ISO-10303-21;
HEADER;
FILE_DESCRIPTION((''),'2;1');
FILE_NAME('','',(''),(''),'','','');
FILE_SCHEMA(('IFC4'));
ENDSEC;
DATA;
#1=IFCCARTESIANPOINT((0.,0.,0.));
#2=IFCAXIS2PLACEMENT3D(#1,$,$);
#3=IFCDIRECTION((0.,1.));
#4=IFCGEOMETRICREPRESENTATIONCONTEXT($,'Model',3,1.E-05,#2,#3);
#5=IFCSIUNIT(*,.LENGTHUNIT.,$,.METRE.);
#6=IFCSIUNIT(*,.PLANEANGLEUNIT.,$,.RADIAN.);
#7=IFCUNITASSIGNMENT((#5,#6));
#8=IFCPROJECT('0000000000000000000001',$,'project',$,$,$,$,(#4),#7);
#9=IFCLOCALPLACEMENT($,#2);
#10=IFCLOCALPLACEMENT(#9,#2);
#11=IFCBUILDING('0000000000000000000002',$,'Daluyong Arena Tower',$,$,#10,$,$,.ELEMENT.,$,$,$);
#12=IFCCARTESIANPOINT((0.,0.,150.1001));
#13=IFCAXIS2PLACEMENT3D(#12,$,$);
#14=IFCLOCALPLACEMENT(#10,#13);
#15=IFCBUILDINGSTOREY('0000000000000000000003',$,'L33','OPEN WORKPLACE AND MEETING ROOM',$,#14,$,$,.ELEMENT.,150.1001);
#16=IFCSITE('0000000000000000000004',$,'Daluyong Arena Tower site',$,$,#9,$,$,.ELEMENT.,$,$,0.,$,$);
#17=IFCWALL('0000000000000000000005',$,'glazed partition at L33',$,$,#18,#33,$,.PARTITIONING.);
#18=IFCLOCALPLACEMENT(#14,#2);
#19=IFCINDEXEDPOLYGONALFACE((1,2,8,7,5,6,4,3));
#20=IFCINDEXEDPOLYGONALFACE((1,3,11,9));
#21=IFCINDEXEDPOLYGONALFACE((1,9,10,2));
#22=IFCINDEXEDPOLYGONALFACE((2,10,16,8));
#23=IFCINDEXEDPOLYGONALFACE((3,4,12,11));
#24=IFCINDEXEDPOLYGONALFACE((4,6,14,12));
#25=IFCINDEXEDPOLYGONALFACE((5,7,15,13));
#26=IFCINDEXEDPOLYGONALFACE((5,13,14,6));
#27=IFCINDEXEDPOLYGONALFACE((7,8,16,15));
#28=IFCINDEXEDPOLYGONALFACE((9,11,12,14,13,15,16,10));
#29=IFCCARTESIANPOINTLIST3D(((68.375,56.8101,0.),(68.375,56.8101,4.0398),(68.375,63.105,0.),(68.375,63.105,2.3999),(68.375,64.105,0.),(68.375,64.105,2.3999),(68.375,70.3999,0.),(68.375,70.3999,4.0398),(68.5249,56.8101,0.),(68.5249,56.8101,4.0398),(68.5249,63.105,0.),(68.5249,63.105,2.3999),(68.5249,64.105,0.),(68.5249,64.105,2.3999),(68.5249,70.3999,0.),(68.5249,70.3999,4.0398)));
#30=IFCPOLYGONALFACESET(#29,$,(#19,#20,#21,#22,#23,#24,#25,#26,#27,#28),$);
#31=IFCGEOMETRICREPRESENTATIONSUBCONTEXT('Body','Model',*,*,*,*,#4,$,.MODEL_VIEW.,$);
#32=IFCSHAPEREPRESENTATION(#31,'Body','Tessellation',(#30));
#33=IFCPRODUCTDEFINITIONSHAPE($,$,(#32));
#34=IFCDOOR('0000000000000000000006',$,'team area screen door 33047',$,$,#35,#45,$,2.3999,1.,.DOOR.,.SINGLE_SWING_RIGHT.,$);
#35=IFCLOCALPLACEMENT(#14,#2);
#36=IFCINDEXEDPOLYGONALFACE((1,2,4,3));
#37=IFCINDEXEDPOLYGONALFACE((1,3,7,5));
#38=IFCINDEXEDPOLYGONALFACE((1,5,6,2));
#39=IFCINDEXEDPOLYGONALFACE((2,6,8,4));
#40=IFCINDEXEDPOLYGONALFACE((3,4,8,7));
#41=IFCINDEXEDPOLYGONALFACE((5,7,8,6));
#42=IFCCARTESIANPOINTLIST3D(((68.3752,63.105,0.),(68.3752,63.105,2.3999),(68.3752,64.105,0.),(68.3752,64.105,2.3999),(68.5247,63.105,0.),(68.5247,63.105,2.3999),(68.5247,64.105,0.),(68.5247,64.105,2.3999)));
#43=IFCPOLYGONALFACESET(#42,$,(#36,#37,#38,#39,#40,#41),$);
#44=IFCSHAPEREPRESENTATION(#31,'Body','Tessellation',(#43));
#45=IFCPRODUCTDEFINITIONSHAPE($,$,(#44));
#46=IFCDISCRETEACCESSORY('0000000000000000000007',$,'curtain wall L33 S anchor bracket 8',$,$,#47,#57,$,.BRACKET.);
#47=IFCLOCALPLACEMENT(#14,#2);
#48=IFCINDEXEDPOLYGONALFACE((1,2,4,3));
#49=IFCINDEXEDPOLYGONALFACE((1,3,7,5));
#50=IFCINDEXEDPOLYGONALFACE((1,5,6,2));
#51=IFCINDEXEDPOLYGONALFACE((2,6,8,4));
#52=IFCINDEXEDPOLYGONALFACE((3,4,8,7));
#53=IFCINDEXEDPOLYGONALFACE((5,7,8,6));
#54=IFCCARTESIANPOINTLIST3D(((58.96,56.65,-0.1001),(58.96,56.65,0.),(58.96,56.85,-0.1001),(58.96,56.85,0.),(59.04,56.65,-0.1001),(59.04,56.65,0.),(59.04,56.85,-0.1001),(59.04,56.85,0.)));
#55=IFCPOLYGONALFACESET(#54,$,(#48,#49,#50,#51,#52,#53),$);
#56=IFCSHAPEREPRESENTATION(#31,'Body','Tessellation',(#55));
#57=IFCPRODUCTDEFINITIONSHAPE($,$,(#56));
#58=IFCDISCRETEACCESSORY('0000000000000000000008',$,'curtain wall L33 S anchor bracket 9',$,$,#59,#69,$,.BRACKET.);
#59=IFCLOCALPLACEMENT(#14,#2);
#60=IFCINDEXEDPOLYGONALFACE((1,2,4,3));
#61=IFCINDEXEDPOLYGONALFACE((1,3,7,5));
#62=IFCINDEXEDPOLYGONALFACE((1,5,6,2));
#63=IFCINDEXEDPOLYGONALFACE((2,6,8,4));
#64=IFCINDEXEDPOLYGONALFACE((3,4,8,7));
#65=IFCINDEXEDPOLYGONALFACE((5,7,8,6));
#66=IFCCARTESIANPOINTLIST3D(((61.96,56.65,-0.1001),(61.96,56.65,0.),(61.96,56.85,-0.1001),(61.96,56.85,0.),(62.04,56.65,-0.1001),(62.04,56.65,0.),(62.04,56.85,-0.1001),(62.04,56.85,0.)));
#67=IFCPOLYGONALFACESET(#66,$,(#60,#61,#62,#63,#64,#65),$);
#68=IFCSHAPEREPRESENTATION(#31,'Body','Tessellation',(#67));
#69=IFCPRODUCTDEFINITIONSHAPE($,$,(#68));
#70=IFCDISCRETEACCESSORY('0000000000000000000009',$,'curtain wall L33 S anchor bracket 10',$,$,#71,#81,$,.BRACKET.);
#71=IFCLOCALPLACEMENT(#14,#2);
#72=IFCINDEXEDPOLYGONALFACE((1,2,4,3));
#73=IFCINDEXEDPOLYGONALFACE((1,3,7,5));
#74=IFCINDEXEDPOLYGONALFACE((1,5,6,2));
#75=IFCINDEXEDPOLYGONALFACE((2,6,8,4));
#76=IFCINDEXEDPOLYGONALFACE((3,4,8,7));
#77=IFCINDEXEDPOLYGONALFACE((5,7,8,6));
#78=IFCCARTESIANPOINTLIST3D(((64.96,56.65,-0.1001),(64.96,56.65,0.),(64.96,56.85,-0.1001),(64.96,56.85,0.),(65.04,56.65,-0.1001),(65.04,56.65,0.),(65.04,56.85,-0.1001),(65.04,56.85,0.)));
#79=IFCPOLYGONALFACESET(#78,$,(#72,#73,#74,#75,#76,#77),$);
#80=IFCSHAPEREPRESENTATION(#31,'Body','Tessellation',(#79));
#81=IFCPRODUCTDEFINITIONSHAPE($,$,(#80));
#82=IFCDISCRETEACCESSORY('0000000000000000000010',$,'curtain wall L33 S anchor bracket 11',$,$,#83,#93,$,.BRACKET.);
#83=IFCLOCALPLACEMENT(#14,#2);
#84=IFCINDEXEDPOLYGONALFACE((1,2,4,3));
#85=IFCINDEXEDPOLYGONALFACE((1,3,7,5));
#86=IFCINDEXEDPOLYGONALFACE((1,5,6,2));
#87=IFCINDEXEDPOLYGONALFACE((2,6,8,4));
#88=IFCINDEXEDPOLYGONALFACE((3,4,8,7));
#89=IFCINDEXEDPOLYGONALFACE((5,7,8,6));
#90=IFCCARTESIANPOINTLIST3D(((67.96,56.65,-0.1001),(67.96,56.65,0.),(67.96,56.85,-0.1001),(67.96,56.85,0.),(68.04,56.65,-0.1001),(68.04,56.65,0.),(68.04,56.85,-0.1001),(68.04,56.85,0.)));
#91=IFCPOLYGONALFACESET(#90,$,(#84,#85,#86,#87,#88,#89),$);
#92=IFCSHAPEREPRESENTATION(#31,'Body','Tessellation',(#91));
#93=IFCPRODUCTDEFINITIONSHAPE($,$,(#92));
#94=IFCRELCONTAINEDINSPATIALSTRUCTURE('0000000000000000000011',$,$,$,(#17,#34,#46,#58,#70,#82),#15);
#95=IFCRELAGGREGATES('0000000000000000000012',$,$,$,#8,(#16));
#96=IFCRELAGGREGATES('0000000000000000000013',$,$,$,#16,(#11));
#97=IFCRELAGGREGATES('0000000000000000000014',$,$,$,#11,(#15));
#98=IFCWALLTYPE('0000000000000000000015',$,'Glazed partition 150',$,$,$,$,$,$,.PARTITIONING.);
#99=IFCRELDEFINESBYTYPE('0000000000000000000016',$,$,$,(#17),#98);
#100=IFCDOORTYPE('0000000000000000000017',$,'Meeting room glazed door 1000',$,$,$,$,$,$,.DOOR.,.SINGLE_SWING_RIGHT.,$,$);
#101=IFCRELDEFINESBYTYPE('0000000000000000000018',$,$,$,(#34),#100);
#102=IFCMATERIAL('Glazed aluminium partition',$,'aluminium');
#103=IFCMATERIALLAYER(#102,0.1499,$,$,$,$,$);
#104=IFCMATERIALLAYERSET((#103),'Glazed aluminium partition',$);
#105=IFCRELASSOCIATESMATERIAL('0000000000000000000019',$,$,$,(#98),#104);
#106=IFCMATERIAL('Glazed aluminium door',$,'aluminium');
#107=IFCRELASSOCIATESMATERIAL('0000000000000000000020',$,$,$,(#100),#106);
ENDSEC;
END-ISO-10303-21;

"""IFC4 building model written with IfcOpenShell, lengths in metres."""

from ifc_helpers import new_model, si_unit, direction, frame, frame_2d, origin, origin_2d, place, context, subcontext, project, spatial, rectangle, extrude, material, layer, layer_set, type_object, element, fill, save


model = new_model("IFC4")

# Units and contexts
model_context = context("Model", 3, precision=1e-05, world=origin(), true_north=direction((0.0, 1.0)))
body_context = subcontext(model_context, "Body", "Model", "MODEL_VIEW")
ifc_project = project(units=[si_unit("LENGTHUNIT", "METRE"), si_unit("PLANEANGLEUNIT", "RADIAN")], contexts=[model_context])

# Site, building, storey
site_placement = place(None, origin())
site = spatial("IfcSite", under=ifc_project, at=site_placement, Name="Daluyong Arena Tower site", CompositionType="ELEMENT", RefElevation=0.0)
building_placement = place(site_placement, origin())
building = spatial("IfcBuilding", under=site, at=building_placement, Name="Daluyong Arena Tower", CompositionType="ELEMENT")
storey_placement = place(building_placement, frame((0.0, 0.0, 150.1001)))
storey = spatial("IfcBuildingStorey", under=building, at=storey_placement, Name="L33", Description="OPEN WORKPLACE AND MEETING ROOM", CompositionType="ELEMENT", Elevation=150.1001)

# Wall, opening, door
ifc_material_1 = material(Name="Glazed aluminium partition", Category="aluminium")
ifc_layer_1 = layer(ifc_material_1, 0.1499)
ifc_layer_set_1 = layer_set([ifc_layer_1], Name="Glazed aluminium partition")
wall_type = type_object("IfcWallType", Name="Glazed partition 150", PredefinedType="PARTITIONING", material=ifc_layer_set_1)
wall_placement = place(storey_placement, frame((68.45, 56.8101, 0.0), z_axis=(0.0, 0.0, 1.0), x_axis=(0.0, 1.0, 0.0)))
wall = element("IfcWall", 1, at=wall_placement, inside=storey, type_object=wall_type, Name="glazed partition at L33", PredefinedType="PARTITIONING", context=body_context, shape_type="SweptSolid", body=[
    extrude(rectangle(XDim=13.5898, YDim=0.1499, at=frame_2d((6.7949, 0.0))), origin(), (0.0, 0.0, 1.0), 4.0398),
])
opening_placement = place(wall_placement, frame((6.2949, 0.0, 0.0)))
opening = element("IfcOpeningElement", 2, at=opening_placement, cuts=wall, PredefinedType="OPENING", context=body_context, shape_type="SweptSolid", body=[
    extrude(rectangle(XDim=1.0, YDim=2.3999, at=frame_2d((0.5, 1.2))), frame((0.0, 0.085, 0.0), z_axis=(0.0, -1.0, 0.0), x_axis=(1.0, 0.0, 0.0)), (0.0, 0.0, 1.0), 0.1699),
])
ifc_material_2 = material(Name="Glazed aluminium door", Category="aluminium")
door_type = type_object("IfcDoorType", Name="Meeting room glazed door 1000", OperationType="SINGLE_SWING_RIGHT", PredefinedType="DOOR", material=ifc_material_2)
door_placement = place(opening_placement, origin())
door = element("IfcDoor", 3, at=door_placement, inside=storey, type_object=door_type, Name="team area screen door 33047", OperationType="SINGLE_SWING_RIGHT", OverallHeight=2.3999, OverallWidth=1.0, PredefinedType="DOOR", context=body_context, shape_type="SweptSolid", body=[
    extrude(rectangle(XDim=1.0, YDim=2.3999, at=frame_2d((0.5, 1.2))), frame((0.0, 0.0747, 0.0), z_axis=(0.0, -1.0, 0.0), x_axis=(1.0, 0.0, 0.0)), (0.0, 0.0, 1.0), 0.1494),
])
fill(opening, door)

# Discrete accessories
for number, where, z_axis, x_axis, name in (
    (4, (59.0, 56.75, -0.1001), (0.0, 0.0, 1.0), (1.0, 0.0, 0.0), "curtain wall L33 S anchor bracket 8"),
    (5, (62.0, 56.75, -0.1001), (0.0, 0.0, 1.0), (1.0, 0.0, 0.0), "curtain wall L33 S anchor bracket 9"),
    (6, (65.0, 56.75, -0.1001), (0.0, 0.0, 1.0), (1.0, 0.0, 0.0), "curtain wall L33 S anchor bracket 10"),
    (7, (68.0, 56.75, -0.1001), (0.0, 0.0, 1.0), (1.0, 0.0, 0.0), "curtain wall L33 S anchor bracket 11"),
):
    element("IfcDiscreteAccessory", number, at=place(storey_placement, frame(where, z_axis=z_axis, x_axis=x_axis)), inside=storey, Name=name, PredefinedType="BRACKET", context=body_context, shape_type="SweptSolid", body=[
        extrude(rectangle(XDim=0.0801, YDim=0.2, at=origin_2d()), origin(), (0.0, 0.0, 1.0), 0.1001),
    ])

save(model, "model.ifc")
